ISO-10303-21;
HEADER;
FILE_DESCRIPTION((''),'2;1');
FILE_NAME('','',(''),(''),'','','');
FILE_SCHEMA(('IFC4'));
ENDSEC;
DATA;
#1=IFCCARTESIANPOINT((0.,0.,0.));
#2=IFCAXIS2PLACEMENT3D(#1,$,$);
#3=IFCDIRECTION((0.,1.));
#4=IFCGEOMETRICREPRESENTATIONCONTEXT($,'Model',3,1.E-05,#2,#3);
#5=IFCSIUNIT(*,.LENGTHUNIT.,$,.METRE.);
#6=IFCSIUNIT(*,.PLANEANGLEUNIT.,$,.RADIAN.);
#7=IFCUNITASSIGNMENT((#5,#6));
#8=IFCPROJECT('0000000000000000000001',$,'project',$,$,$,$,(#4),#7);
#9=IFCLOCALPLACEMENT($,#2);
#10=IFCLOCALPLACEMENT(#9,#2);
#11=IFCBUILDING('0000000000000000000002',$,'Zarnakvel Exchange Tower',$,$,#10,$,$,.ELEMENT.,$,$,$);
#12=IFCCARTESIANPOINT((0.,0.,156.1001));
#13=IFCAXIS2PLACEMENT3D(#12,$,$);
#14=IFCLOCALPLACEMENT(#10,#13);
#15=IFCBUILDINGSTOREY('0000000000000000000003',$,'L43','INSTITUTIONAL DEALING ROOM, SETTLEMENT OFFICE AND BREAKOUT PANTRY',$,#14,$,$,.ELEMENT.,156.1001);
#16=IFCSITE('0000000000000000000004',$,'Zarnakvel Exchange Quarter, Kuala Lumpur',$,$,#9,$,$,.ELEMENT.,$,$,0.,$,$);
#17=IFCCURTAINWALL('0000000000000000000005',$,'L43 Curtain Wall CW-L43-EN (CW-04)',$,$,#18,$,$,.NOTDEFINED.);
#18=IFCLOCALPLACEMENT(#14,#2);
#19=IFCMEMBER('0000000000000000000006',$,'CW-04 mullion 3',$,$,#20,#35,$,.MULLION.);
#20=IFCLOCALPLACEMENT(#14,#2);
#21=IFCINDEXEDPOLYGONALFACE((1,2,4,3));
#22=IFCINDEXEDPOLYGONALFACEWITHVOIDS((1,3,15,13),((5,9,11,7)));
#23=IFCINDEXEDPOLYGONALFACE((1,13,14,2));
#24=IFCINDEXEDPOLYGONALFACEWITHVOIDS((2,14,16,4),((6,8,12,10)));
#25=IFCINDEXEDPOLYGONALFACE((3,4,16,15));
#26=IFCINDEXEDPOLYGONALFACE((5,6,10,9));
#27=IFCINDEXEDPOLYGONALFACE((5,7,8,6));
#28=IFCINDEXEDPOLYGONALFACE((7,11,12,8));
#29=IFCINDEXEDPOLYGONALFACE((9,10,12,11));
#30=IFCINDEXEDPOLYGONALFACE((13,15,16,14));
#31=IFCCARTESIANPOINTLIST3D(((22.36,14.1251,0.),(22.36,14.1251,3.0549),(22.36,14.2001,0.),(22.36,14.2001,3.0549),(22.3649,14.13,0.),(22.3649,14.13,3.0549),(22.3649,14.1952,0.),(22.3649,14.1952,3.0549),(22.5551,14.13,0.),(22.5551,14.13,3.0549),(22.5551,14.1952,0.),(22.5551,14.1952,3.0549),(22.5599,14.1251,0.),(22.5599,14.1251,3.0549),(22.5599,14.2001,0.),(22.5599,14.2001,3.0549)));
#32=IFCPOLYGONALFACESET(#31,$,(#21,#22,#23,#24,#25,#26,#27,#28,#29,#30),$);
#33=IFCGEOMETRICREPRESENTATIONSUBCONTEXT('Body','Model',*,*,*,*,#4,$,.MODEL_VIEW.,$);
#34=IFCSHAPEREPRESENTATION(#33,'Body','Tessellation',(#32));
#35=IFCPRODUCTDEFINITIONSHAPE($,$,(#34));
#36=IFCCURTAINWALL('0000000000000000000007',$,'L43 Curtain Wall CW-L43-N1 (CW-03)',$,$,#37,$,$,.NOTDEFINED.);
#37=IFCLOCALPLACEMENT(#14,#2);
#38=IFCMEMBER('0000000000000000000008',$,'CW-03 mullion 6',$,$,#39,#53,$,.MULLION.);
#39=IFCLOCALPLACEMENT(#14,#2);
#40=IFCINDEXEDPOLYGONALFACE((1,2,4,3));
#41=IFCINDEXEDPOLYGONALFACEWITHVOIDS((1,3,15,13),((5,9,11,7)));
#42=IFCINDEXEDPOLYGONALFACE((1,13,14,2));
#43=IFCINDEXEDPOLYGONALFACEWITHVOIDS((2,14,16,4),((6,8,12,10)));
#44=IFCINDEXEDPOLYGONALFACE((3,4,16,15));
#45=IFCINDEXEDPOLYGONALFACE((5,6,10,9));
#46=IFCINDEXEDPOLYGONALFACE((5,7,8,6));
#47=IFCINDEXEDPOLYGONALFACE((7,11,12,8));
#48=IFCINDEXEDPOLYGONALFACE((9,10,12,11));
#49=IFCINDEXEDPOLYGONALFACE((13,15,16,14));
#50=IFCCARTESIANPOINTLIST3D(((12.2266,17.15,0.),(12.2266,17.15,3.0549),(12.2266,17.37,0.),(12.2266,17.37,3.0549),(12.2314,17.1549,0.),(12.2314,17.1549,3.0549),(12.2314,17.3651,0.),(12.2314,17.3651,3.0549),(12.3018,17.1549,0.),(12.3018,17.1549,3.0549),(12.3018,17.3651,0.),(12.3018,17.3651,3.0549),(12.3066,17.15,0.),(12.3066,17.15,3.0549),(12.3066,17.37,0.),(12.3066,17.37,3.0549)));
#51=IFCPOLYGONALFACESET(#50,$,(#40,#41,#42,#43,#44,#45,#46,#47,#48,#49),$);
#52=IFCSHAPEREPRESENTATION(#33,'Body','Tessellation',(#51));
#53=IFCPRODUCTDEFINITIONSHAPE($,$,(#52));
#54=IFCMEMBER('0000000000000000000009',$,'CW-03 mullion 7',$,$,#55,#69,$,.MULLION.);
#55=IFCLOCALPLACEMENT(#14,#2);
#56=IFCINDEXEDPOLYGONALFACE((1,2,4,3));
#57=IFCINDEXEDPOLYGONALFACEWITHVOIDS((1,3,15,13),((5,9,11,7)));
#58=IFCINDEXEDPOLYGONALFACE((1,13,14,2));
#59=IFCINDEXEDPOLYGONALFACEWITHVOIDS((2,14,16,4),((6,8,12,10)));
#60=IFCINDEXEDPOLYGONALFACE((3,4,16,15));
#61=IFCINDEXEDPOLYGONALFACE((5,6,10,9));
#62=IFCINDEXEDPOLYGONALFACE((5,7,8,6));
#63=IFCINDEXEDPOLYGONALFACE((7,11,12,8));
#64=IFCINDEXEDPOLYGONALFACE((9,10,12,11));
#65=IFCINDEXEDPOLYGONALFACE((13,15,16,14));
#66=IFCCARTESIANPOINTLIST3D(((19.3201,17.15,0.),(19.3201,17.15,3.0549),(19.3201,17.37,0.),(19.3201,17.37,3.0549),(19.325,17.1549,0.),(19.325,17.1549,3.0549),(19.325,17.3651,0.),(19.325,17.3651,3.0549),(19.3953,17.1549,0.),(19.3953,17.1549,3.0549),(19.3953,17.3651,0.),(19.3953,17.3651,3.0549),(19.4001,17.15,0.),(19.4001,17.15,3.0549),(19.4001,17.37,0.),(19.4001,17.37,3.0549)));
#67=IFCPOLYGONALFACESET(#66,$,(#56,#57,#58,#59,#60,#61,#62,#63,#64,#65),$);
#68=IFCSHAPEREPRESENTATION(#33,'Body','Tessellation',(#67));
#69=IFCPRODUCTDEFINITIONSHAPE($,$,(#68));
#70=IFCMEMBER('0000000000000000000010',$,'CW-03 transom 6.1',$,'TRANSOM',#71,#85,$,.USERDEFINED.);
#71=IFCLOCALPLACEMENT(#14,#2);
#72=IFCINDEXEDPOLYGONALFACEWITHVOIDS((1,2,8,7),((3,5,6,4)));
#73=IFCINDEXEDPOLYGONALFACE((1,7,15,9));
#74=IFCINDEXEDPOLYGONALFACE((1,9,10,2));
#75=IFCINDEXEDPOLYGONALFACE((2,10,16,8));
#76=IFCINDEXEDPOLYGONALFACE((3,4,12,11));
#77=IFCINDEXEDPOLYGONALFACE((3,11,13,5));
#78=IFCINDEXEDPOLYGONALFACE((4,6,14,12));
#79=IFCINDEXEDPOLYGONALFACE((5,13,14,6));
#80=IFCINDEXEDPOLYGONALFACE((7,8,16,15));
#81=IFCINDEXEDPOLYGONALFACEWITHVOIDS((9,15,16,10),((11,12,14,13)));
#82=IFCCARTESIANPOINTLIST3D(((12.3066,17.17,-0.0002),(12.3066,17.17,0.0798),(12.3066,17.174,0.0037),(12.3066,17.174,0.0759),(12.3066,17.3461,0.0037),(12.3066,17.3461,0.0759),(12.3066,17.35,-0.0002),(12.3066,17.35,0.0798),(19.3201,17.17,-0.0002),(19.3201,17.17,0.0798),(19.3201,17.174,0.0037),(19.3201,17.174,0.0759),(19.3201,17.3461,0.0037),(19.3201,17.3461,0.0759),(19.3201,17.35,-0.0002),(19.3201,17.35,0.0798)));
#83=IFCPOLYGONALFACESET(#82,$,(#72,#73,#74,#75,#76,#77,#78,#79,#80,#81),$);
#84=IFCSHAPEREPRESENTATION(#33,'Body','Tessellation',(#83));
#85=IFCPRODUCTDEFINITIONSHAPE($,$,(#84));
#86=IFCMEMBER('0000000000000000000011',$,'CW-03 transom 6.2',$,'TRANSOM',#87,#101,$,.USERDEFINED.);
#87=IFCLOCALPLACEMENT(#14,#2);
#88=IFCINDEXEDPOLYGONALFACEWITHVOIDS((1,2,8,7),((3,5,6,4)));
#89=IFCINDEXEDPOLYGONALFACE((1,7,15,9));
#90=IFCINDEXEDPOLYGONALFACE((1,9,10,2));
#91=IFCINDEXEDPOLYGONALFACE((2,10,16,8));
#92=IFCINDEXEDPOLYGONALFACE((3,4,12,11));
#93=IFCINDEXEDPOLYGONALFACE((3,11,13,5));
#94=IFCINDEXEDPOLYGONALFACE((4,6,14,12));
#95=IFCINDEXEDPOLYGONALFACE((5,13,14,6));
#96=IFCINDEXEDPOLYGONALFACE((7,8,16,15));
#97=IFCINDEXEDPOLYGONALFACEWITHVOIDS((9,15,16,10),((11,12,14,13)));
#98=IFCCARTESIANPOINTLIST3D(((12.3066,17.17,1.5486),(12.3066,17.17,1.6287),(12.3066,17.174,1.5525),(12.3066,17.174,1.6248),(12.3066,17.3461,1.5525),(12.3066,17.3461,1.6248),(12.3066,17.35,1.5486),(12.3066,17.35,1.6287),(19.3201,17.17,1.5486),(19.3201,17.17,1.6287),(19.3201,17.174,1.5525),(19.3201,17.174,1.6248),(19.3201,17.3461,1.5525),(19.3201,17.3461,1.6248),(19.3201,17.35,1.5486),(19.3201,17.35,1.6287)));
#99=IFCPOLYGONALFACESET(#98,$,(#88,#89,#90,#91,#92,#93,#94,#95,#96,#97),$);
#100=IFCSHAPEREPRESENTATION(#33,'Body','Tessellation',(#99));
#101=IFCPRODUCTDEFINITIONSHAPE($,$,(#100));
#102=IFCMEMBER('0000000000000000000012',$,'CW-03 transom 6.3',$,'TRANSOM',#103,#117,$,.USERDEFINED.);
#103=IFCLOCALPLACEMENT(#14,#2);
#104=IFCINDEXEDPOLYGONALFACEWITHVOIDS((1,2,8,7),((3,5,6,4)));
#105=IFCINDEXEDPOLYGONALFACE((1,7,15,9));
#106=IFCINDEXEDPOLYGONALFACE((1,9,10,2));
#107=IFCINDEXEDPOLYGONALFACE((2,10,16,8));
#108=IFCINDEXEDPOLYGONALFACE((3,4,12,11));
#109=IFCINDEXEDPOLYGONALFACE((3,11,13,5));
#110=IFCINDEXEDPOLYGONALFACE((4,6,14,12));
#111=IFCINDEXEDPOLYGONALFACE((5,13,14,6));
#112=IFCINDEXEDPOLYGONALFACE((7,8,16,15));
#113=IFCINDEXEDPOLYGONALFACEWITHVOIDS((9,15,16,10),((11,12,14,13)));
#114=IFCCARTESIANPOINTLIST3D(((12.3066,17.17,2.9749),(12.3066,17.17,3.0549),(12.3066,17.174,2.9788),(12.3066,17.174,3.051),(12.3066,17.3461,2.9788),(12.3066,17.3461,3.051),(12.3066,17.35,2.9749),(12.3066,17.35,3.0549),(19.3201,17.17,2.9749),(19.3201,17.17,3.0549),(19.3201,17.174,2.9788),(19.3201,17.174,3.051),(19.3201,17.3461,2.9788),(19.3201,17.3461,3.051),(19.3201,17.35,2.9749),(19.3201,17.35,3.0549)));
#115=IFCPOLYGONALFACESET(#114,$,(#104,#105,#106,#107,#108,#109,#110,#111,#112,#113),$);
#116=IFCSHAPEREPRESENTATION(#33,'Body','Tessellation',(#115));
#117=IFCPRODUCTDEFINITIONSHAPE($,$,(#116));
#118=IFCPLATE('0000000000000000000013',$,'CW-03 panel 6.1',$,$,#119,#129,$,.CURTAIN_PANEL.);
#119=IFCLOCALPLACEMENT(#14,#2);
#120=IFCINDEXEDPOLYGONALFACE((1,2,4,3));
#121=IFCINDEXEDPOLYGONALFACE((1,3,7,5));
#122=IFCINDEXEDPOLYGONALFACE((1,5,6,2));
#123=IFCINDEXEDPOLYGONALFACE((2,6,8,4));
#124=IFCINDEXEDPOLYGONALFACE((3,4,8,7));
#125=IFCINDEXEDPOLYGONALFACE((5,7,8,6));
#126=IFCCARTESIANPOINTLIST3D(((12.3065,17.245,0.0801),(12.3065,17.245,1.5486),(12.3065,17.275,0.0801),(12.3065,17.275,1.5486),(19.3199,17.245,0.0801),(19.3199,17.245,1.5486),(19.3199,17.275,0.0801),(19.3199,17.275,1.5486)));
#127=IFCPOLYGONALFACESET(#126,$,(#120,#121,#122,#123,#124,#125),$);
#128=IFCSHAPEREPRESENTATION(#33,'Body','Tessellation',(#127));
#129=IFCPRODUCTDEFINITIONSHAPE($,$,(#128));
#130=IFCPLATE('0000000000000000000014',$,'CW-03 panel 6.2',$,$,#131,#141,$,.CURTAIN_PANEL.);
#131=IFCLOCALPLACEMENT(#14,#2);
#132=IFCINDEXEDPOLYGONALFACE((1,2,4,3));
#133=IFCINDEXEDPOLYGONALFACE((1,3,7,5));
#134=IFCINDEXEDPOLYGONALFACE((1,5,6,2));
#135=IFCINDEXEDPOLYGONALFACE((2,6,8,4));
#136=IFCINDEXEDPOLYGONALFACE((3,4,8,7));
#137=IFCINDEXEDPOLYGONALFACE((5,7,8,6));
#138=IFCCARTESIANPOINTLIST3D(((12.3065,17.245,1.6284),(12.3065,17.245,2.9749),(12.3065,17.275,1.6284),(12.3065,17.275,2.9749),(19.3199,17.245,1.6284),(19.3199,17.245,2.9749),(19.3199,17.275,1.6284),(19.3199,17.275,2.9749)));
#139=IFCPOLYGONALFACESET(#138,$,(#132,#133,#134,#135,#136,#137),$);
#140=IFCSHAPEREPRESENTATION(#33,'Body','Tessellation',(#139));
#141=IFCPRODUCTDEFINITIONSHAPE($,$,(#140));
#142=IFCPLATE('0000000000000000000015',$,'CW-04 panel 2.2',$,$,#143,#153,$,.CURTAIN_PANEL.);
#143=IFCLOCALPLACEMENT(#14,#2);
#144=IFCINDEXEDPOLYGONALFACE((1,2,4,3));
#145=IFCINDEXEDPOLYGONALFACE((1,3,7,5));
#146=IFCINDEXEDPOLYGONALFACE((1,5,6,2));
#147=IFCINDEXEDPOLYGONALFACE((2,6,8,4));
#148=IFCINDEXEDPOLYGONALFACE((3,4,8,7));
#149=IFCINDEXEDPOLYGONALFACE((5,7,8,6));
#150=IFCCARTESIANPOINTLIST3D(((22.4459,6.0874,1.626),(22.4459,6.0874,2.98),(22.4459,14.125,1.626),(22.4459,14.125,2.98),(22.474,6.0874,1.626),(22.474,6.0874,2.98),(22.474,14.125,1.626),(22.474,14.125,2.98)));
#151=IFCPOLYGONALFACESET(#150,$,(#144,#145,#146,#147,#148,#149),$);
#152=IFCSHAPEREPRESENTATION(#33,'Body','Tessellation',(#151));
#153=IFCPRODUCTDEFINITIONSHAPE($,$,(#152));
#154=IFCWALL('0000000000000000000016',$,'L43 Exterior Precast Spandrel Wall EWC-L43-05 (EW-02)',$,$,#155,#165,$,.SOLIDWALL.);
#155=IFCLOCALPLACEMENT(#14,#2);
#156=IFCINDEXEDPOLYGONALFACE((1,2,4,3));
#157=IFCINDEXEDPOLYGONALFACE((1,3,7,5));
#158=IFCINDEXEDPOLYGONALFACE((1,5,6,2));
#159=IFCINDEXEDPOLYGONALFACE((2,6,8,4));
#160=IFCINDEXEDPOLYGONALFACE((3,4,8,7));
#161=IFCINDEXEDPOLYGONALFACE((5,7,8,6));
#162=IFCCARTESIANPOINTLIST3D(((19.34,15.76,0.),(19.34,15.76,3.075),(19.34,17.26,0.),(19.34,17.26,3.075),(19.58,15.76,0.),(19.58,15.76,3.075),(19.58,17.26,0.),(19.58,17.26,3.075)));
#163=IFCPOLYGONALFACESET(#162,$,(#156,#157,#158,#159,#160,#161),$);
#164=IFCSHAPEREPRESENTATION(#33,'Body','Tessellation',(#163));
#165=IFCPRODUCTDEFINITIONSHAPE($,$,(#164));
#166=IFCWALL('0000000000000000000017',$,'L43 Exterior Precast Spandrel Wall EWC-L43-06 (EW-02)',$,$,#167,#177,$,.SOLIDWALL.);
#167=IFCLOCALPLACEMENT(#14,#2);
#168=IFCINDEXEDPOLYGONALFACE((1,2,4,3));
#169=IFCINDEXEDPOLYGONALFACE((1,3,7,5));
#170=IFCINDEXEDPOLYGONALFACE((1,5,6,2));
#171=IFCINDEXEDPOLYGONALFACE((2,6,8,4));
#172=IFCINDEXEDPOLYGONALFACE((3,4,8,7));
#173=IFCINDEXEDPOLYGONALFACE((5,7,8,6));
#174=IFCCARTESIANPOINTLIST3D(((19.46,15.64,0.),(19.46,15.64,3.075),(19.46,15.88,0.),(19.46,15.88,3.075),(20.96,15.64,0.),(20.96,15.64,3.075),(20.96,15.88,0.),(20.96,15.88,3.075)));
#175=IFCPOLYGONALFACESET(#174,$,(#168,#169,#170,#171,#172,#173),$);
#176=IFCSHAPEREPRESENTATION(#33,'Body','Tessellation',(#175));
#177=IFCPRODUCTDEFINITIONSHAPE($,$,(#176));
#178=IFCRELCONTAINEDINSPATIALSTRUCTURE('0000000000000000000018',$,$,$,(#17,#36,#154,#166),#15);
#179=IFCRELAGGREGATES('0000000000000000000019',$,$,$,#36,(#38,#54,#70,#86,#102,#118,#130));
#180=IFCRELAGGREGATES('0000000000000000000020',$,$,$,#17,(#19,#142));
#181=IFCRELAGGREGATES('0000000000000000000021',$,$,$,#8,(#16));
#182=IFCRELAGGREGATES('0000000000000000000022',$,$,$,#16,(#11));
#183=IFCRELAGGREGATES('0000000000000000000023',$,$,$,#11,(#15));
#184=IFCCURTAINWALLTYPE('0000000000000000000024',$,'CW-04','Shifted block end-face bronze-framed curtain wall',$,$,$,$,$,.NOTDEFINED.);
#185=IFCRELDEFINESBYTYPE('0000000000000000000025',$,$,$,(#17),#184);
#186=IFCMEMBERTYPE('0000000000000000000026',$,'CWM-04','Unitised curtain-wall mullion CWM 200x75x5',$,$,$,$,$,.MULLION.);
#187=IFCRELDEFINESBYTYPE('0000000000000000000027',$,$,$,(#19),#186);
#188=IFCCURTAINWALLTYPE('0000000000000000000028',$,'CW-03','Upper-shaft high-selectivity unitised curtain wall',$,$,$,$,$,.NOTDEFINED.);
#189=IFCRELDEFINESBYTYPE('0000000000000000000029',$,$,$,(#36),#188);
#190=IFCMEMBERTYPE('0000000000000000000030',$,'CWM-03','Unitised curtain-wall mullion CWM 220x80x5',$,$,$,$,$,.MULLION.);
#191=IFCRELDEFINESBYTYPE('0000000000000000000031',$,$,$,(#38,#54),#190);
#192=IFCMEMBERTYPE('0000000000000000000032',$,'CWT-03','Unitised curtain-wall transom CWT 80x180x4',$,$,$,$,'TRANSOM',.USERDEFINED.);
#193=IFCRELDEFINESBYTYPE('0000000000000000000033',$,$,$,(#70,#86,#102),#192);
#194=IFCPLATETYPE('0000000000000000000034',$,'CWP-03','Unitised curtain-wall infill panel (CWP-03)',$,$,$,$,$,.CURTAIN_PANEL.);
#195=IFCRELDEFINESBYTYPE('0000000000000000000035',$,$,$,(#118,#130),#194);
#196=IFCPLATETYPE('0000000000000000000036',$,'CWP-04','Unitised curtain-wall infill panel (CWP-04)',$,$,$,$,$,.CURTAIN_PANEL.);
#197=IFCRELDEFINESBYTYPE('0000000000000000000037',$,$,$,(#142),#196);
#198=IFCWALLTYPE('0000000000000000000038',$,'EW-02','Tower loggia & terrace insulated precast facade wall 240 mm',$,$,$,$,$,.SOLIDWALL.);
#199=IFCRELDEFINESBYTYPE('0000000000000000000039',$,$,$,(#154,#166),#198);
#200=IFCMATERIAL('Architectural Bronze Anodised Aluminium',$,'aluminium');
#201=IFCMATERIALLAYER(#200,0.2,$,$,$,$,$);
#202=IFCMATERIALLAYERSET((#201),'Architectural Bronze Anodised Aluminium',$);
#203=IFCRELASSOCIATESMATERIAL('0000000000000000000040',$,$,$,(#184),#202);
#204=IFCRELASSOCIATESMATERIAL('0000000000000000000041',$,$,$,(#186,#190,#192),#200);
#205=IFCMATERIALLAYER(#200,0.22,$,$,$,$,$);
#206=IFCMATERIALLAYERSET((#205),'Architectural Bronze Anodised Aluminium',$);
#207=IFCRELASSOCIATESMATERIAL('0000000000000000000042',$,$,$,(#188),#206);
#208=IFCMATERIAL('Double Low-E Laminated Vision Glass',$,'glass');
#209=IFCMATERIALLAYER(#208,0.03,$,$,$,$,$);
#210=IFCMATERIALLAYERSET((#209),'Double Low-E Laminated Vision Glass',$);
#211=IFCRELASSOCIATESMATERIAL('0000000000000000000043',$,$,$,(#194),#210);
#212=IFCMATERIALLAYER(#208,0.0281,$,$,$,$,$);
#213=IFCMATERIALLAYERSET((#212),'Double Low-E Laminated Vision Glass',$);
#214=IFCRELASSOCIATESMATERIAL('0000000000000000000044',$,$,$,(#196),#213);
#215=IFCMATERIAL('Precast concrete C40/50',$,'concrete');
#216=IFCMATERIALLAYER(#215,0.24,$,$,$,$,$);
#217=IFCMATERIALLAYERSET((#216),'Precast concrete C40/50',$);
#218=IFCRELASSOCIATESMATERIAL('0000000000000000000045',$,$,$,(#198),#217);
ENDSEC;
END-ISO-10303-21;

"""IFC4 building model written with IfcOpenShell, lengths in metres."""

from ifc_helpers import new_model, si_unit, direction, frame, frame_2d, origin, origin_2d, place, context, subcontext, project, spatial, rectangle, hollow_rectangle, extrude, source, transform, mapped, material, layer, layer_set, material_profile, profile_set, type_object, element, aggregate, save


model = new_model("IFC4")

# Units and contexts
model_context = context("Model", 3, precision=1e-05, world=origin(), true_north=direction((0.0, 1.0)))
body_context = subcontext(model_context, "Body", "Model", "MODEL_VIEW")
ifc_project = project(units=[si_unit("LENGTHUNIT", "METRE"), si_unit("PLANEANGLEUNIT", "RADIAN")], contexts=[model_context])

# Site, building, storey
site_placement = place(None, origin())
site = spatial("IfcSite", under=ifc_project, at=site_placement, Name="Zarnakvel Exchange Quarter, Kuala Lumpur", CompositionType="ELEMENT", RefElevation=0.0)
building_placement = place(site_placement, origin())
building = spatial("IfcBuilding", under=site, at=building_placement, Name="Zarnakvel Exchange Tower", CompositionType="ELEMENT")
storey_placement = place(building_placement, frame((0.0, 0.0, 156.1001)))
storey = spatial("IfcBuildingStorey", under=building, at=storey_placement, Name="L43", Description="INSTITUTIONAL DEALING ROOM, SETTLEMENT OFFICE AND BREAKOUT PANTRY", CompositionType="ELEMENT", Elevation=156.1001)

# Curtain wall, member
ifc_material_1 = material(Name="Architectural Bronze Anodised Aluminium", Category="aluminium")
ifc_layer_1 = layer(ifc_material_1, 0.2)
ifc_layer_set_1 = layer_set([ifc_layer_1], Name="Architectural Bronze Anodised Aluminium")
curtain_wall_type_1 = type_object("IfcCurtainWallType", Name="CW-04", Description="Shifted block end-face bronze-framed curtain wall", PredefinedType="NOTDEFINED", material=ifc_layer_set_1)
curtain_wall_1_placement = place(storey_placement, origin())
curtain_wall_1 = element("IfcCurtainWall", 1, at=curtain_wall_1_placement, inside=storey, type_object=curtain_wall_type_1, Name="L43 Curtain Wall CW-L43-EN (CW-04)", PredefinedType="NOTDEFINED")
ifc_material_profile_1 = material_profile(ifc_material_1, hollow_rectangle(XDim=0.2, YDim=0.075, WallThickness=0.0049, at=origin_2d()))
ifc_profile_set_1 = profile_set([ifc_material_profile_1], Name="Architectural Bronze Anodised Aluminium")
member_type_1 = type_object("IfcMemberType", Name="CWM-04", Description="Unitised curtain-wall mullion CWM 200x75x5", PredefinedType="MULLION", material=ifc_profile_set_1)
shared_shape_1 = source(origin(), body_context, "Body", "SweptSolid", [
    extrude(hollow_rectangle(XDim=0.2, YDim=0.075, WallThickness=0.0049, at=origin_2d()), origin(), (0.0, 0.0, 1.0), 3.0549),
])
member_1_placement = place(storey_placement, frame((22.46, 14.1626, 0.0), z_axis=(0.0, 0.0, 1.0), x_axis=(-1.0, 0.0, 0.0)))
member_1 = element("IfcMember", 2, at=member_1_placement, type_object=member_type_1, Name="CW-04 mullion 3", PredefinedType="MULLION", context=body_context, shape_type="MappedRepresentation", body=[
    mapped(shared_shape_1, transform((0.0, 0.0, 0.0), x_axis=(1.0, 0.0, 0.0), y_axis=(0.0, 1.0, 0.0), z_axis=(0.0, 0.0, 1.0), scale=1.0)),
])

# Curtain wall, members, plates
ifc_layer_2 = layer(ifc_material_1, 0.22)
ifc_layer_set_2 = layer_set([ifc_layer_2], Name="Architectural Bronze Anodised Aluminium")
curtain_wall_type_2 = type_object("IfcCurtainWallType", Name="CW-03", Description="Upper-shaft high-selectivity unitised curtain wall", PredefinedType="NOTDEFINED", material=ifc_layer_set_2)
curtain_wall_2_placement = place(storey_placement, origin())
curtain_wall_2 = element("IfcCurtainWall", 3, at=curtain_wall_2_placement, inside=storey, type_object=curtain_wall_type_2, Name="L43 Curtain Wall CW-L43-N1 (CW-03)", PredefinedType="NOTDEFINED")
ifc_material_profile_2 = material_profile(ifc_material_1, hollow_rectangle(XDim=0.22, YDim=0.0801, WallThickness=0.0049, at=origin_2d()))
ifc_profile_set_2 = profile_set([ifc_material_profile_2], Name="Architectural Bronze Anodised Aluminium")
member_type_2 = type_object("IfcMemberType", Name="CWM-03", Description="Unitised curtain-wall mullion CWM 220x80x5", PredefinedType="MULLION", material=ifc_profile_set_2)
shared_shape_2 = source(origin(), body_context, "Body", "SweptSolid", [
    extrude(hollow_rectangle(XDim=0.22, YDim=0.0801, WallThickness=0.0049, at=origin_2d()), origin(), (0.0, 0.0, 1.0), 3.0549),
])
member_2_placement = place(storey_placement, frame((12.2666, 17.26, 0.0), z_axis=(0.0, 0.0, 1.0), x_axis=(0.0, 1.0, 0.0)))
member_2 = element("IfcMember", 4, at=member_2_placement, type_object=member_type_2, Name="CW-03 mullion 6", PredefinedType="MULLION", context=body_context, shape_type="MappedRepresentation", body=[
    mapped(shared_shape_2, transform((0.0, 0.0, 0.0), x_axis=(1.0, 0.0, 0.0), y_axis=(0.0, 1.0, 0.0), z_axis=(0.0, 0.0, 1.0), scale=1.0)),
])
member_3_placement = place(storey_placement, frame((19.3601, 17.26, 0.0), z_axis=(0.0, 0.0, 1.0), x_axis=(0.0, 1.0, 0.0)))
member_3 = element("IfcMember", 5, at=member_3_placement, type_object=member_type_2, Name="CW-03 mullion 7", PredefinedType="MULLION", context=body_context, shape_type="MappedRepresentation", body=[
    mapped(shared_shape_2, transform((0.0, 0.0, 0.0), x_axis=(1.0, 0.0, 0.0), y_axis=(0.0, 1.0, 0.0), z_axis=(0.0, 0.0, 1.0), scale=1.0)),
])
ifc_material_profile_3 = material_profile(ifc_material_1, hollow_rectangle(XDim=0.1799, YDim=0.0801, WallThickness=0.0039, at=origin_2d()))
ifc_profile_set_3 = profile_set([ifc_material_profile_3], Name="Architectural Bronze Anodised Aluminium")
member_type_3 = type_object("IfcMemberType", Name="CWT-03", Description="Unitised curtain-wall transom CWT 80x180x4", ElementType="TRANSOM", PredefinedType="USERDEFINED", material=ifc_profile_set_3)
shared_shape_3 = source(origin(), body_context, "Body", "SweptSolid", [
    extrude(hollow_rectangle(XDim=0.1799, YDim=0.0801, WallThickness=0.0039, at=origin_2d()), origin(), (0.0, 0.0, 1.0), 7.0134),
])
member_4_placement = place(storey_placement, frame((12.3066, 17.26, 0.0398), z_axis=(1.0, 0.0, 0.0), x_axis=(0.0, 1.0, 0.0)))
member_4 = element("IfcMember", 6, at=member_4_placement, type_object=member_type_3, Name="CW-03 transom 6.1", ObjectType="TRANSOM", PredefinedType="USERDEFINED", context=body_context, shape_type="MappedRepresentation", body=[
    mapped(shared_shape_3, transform((0.0, 0.0, 0.0), x_axis=(1.0, 0.0, 0.0), y_axis=(0.0, 1.0, 0.0), z_axis=(0.0, 0.0, 1.0), scale=1.0)),
])
member_5_placement = place(storey_placement, frame((12.3066, 17.26, 1.5886), z_axis=(1.0, 0.0, 0.0), x_axis=(0.0, 1.0, 0.0)))
member_5 = element("IfcMember", 7, at=member_5_placement, type_object=member_type_3, Name="CW-03 transom 6.2", ObjectType="TRANSOM", PredefinedType="USERDEFINED", context=body_context, shape_type="MappedRepresentation", body=[
    mapped(shared_shape_3, transform((0.0, 0.0, 0.0), x_axis=(1.0, 0.0, 0.0), y_axis=(0.0, 1.0, 0.0), z_axis=(0.0, 0.0, 1.0), scale=1.0)),
])
member_6_placement = place(storey_placement, frame((12.3066, 17.26, 3.0149), z_axis=(1.0, 0.0, 0.0), x_axis=(0.0, 1.0, 0.0)))
member_6 = element("IfcMember", 8, at=member_6_placement, type_object=member_type_3, Name="CW-03 transom 6.3", ObjectType="TRANSOM", PredefinedType="USERDEFINED", context=body_context, shape_type="MappedRepresentation", body=[
    mapped(shared_shape_3, transform((0.0, 0.0, 0.0), x_axis=(1.0, 0.0, 0.0), y_axis=(0.0, 1.0, 0.0), z_axis=(0.0, 0.0, 1.0), scale=1.0)),
])
ifc_material_2 = material(Name="Double Low-E Laminated Vision Glass", Category="glass")
ifc_layer_3 = layer(ifc_material_2, 0.03)
ifc_layer_set_3 = layer_set([ifc_layer_3], Name="Double Low-E Laminated Vision Glass")
plate_type_1 = type_object("IfcPlateType", Name="CWP-03", Description="Unitised curtain-wall infill panel (CWP-03)", PredefinedType="CURTAIN_PANEL", material=ifc_layer_set_3)
shared_shape_4 = source(origin(), body_context, "Body", "SweptSolid", [
    extrude(rectangle(XDim=7.0134, YDim=0.03, at=origin_2d()), origin(), (0.0, 0.0, 1.0), 1.4685),
])
plate_1_placement = place(storey_placement, frame((15.8132, 17.26, 0.0801), z_axis=(0.0, 0.0, 1.0), x_axis=(1.0, 0.0, 0.0)))
plate_1 = element("IfcPlate", 9, at=plate_1_placement, type_object=plate_type_1, Name="CW-03 panel 6.1", PredefinedType="CURTAIN_PANEL", context=body_context, shape_type="MappedRepresentation", body=[
    mapped(shared_shape_4, transform((0.0, 0.0, 0.0), x_axis=(1.0, 0.0, 0.0), y_axis=(0.0, 1.0, 0.0), z_axis=(0.0, 0.0, 1.0), scale=1.0)),
])
shared_shape_5 = source(origin(), body_context, "Body", "SweptSolid", [
    extrude(rectangle(XDim=7.0134, YDim=0.03, at=origin_2d()), origin(), (0.0, 0.0, 1.0), 1.3464),
])
plate_2_placement = place(storey_placement, frame((15.8132, 17.26, 1.6284), z_axis=(0.0, 0.0, 1.0), x_axis=(1.0, 0.0, 0.0)))
plate_2 = element("IfcPlate", 10, at=plate_2_placement, type_object=plate_type_1, Name="CW-03 panel 6.2", PredefinedType="CURTAIN_PANEL", context=body_context, shape_type="MappedRepresentation", body=[
    mapped(shared_shape_5, transform((0.0, 0.0, 0.0), x_axis=(1.0, 0.0, 0.0), y_axis=(0.0, 1.0, 0.0), z_axis=(0.0, 0.0, 1.0), scale=1.0)),
])
aggregate(curtain_wall_2, [member_2, member_3, member_4, member_5, member_6, plate_1, plate_2])

# Plate
ifc_layer_4 = layer(ifc_material_2, 0.0281)
ifc_layer_set_4 = layer_set([ifc_layer_4], Name="Double Low-E Laminated Vision Glass")
plate_type_2 = type_object("IfcPlateType", Name="CWP-04", Description="Unitised curtain-wall infill panel (CWP-04)", PredefinedType="CURTAIN_PANEL", material=ifc_layer_set_4)
shared_shape_6 = source(origin(), body_context, "Body", "SweptSolid", [
    extrude(rectangle(XDim=8.0376, YDim=0.0281, at=origin_2d()), origin(), (0.0, 0.0, 1.0), 1.354),
])
plate_3_placement = place(storey_placement, frame((22.46, 10.1062, 1.626), z_axis=(0.0, 0.0, 1.0), x_axis=(0.0, 1.0, 0.0)))
plate_3 = element("IfcPlate", 11, at=plate_3_placement, type_object=plate_type_2, Name="CW-04 panel 2.2", PredefinedType="CURTAIN_PANEL", context=body_context, shape_type="MappedRepresentation", body=[
    mapped(shared_shape_6, transform((0.0, 0.0, 0.0), x_axis=(1.0, 0.0, 0.0), y_axis=(0.0, 1.0, 0.0), z_axis=(0.0, 0.0, 1.0), scale=1.0)),
])
aggregate(curtain_wall_1, [member_1, plate_3])

# Walls
ifc_material_3 = material(Name="Precast concrete C40/50", Category="concrete")
ifc_layer_5 = layer(ifc_material_3, 0.24)
ifc_layer_set_5 = layer_set([ifc_layer_5], Name="Precast concrete C40/50")
wall_type_1 = type_object("IfcWallType", Name="EW-02", Description="Tower loggia & terrace insulated precast facade wall 240 mm", PredefinedType="SOLIDWALL", material=ifc_layer_set_5)
for number, where, z_axis, x_axis, name in (
    (12, (19.46, 15.76, 0.0), (0.0, 0.0, 1.0), (0.0, 1.0, 0.0), "L43 Exterior Precast Spandrel Wall EWC-L43-05 (EW-02)"),
    (13, (20.96, 15.76, 0.0), (0.0, 0.0, 1.0), (-1.0, 0.0, 0.0), "L43 Exterior Precast Spandrel Wall EWC-L43-06 (EW-02)"),
):
    element("IfcWall", number, at=place(storey_placement, frame(where, z_axis=z_axis, x_axis=x_axis)), inside=storey, type_object=wall_type_1, Name=name, PredefinedType="SOLIDWALL", context=body_context, shape_type="SweptSolid", body=[
        extrude(rectangle(XDim=1.5, YDim=0.24, at=frame_2d((0.75, 0.0))), origin(), (0.0, 0.0, 1.0), 3.075),
    ])

save(model, "model.ifc")
